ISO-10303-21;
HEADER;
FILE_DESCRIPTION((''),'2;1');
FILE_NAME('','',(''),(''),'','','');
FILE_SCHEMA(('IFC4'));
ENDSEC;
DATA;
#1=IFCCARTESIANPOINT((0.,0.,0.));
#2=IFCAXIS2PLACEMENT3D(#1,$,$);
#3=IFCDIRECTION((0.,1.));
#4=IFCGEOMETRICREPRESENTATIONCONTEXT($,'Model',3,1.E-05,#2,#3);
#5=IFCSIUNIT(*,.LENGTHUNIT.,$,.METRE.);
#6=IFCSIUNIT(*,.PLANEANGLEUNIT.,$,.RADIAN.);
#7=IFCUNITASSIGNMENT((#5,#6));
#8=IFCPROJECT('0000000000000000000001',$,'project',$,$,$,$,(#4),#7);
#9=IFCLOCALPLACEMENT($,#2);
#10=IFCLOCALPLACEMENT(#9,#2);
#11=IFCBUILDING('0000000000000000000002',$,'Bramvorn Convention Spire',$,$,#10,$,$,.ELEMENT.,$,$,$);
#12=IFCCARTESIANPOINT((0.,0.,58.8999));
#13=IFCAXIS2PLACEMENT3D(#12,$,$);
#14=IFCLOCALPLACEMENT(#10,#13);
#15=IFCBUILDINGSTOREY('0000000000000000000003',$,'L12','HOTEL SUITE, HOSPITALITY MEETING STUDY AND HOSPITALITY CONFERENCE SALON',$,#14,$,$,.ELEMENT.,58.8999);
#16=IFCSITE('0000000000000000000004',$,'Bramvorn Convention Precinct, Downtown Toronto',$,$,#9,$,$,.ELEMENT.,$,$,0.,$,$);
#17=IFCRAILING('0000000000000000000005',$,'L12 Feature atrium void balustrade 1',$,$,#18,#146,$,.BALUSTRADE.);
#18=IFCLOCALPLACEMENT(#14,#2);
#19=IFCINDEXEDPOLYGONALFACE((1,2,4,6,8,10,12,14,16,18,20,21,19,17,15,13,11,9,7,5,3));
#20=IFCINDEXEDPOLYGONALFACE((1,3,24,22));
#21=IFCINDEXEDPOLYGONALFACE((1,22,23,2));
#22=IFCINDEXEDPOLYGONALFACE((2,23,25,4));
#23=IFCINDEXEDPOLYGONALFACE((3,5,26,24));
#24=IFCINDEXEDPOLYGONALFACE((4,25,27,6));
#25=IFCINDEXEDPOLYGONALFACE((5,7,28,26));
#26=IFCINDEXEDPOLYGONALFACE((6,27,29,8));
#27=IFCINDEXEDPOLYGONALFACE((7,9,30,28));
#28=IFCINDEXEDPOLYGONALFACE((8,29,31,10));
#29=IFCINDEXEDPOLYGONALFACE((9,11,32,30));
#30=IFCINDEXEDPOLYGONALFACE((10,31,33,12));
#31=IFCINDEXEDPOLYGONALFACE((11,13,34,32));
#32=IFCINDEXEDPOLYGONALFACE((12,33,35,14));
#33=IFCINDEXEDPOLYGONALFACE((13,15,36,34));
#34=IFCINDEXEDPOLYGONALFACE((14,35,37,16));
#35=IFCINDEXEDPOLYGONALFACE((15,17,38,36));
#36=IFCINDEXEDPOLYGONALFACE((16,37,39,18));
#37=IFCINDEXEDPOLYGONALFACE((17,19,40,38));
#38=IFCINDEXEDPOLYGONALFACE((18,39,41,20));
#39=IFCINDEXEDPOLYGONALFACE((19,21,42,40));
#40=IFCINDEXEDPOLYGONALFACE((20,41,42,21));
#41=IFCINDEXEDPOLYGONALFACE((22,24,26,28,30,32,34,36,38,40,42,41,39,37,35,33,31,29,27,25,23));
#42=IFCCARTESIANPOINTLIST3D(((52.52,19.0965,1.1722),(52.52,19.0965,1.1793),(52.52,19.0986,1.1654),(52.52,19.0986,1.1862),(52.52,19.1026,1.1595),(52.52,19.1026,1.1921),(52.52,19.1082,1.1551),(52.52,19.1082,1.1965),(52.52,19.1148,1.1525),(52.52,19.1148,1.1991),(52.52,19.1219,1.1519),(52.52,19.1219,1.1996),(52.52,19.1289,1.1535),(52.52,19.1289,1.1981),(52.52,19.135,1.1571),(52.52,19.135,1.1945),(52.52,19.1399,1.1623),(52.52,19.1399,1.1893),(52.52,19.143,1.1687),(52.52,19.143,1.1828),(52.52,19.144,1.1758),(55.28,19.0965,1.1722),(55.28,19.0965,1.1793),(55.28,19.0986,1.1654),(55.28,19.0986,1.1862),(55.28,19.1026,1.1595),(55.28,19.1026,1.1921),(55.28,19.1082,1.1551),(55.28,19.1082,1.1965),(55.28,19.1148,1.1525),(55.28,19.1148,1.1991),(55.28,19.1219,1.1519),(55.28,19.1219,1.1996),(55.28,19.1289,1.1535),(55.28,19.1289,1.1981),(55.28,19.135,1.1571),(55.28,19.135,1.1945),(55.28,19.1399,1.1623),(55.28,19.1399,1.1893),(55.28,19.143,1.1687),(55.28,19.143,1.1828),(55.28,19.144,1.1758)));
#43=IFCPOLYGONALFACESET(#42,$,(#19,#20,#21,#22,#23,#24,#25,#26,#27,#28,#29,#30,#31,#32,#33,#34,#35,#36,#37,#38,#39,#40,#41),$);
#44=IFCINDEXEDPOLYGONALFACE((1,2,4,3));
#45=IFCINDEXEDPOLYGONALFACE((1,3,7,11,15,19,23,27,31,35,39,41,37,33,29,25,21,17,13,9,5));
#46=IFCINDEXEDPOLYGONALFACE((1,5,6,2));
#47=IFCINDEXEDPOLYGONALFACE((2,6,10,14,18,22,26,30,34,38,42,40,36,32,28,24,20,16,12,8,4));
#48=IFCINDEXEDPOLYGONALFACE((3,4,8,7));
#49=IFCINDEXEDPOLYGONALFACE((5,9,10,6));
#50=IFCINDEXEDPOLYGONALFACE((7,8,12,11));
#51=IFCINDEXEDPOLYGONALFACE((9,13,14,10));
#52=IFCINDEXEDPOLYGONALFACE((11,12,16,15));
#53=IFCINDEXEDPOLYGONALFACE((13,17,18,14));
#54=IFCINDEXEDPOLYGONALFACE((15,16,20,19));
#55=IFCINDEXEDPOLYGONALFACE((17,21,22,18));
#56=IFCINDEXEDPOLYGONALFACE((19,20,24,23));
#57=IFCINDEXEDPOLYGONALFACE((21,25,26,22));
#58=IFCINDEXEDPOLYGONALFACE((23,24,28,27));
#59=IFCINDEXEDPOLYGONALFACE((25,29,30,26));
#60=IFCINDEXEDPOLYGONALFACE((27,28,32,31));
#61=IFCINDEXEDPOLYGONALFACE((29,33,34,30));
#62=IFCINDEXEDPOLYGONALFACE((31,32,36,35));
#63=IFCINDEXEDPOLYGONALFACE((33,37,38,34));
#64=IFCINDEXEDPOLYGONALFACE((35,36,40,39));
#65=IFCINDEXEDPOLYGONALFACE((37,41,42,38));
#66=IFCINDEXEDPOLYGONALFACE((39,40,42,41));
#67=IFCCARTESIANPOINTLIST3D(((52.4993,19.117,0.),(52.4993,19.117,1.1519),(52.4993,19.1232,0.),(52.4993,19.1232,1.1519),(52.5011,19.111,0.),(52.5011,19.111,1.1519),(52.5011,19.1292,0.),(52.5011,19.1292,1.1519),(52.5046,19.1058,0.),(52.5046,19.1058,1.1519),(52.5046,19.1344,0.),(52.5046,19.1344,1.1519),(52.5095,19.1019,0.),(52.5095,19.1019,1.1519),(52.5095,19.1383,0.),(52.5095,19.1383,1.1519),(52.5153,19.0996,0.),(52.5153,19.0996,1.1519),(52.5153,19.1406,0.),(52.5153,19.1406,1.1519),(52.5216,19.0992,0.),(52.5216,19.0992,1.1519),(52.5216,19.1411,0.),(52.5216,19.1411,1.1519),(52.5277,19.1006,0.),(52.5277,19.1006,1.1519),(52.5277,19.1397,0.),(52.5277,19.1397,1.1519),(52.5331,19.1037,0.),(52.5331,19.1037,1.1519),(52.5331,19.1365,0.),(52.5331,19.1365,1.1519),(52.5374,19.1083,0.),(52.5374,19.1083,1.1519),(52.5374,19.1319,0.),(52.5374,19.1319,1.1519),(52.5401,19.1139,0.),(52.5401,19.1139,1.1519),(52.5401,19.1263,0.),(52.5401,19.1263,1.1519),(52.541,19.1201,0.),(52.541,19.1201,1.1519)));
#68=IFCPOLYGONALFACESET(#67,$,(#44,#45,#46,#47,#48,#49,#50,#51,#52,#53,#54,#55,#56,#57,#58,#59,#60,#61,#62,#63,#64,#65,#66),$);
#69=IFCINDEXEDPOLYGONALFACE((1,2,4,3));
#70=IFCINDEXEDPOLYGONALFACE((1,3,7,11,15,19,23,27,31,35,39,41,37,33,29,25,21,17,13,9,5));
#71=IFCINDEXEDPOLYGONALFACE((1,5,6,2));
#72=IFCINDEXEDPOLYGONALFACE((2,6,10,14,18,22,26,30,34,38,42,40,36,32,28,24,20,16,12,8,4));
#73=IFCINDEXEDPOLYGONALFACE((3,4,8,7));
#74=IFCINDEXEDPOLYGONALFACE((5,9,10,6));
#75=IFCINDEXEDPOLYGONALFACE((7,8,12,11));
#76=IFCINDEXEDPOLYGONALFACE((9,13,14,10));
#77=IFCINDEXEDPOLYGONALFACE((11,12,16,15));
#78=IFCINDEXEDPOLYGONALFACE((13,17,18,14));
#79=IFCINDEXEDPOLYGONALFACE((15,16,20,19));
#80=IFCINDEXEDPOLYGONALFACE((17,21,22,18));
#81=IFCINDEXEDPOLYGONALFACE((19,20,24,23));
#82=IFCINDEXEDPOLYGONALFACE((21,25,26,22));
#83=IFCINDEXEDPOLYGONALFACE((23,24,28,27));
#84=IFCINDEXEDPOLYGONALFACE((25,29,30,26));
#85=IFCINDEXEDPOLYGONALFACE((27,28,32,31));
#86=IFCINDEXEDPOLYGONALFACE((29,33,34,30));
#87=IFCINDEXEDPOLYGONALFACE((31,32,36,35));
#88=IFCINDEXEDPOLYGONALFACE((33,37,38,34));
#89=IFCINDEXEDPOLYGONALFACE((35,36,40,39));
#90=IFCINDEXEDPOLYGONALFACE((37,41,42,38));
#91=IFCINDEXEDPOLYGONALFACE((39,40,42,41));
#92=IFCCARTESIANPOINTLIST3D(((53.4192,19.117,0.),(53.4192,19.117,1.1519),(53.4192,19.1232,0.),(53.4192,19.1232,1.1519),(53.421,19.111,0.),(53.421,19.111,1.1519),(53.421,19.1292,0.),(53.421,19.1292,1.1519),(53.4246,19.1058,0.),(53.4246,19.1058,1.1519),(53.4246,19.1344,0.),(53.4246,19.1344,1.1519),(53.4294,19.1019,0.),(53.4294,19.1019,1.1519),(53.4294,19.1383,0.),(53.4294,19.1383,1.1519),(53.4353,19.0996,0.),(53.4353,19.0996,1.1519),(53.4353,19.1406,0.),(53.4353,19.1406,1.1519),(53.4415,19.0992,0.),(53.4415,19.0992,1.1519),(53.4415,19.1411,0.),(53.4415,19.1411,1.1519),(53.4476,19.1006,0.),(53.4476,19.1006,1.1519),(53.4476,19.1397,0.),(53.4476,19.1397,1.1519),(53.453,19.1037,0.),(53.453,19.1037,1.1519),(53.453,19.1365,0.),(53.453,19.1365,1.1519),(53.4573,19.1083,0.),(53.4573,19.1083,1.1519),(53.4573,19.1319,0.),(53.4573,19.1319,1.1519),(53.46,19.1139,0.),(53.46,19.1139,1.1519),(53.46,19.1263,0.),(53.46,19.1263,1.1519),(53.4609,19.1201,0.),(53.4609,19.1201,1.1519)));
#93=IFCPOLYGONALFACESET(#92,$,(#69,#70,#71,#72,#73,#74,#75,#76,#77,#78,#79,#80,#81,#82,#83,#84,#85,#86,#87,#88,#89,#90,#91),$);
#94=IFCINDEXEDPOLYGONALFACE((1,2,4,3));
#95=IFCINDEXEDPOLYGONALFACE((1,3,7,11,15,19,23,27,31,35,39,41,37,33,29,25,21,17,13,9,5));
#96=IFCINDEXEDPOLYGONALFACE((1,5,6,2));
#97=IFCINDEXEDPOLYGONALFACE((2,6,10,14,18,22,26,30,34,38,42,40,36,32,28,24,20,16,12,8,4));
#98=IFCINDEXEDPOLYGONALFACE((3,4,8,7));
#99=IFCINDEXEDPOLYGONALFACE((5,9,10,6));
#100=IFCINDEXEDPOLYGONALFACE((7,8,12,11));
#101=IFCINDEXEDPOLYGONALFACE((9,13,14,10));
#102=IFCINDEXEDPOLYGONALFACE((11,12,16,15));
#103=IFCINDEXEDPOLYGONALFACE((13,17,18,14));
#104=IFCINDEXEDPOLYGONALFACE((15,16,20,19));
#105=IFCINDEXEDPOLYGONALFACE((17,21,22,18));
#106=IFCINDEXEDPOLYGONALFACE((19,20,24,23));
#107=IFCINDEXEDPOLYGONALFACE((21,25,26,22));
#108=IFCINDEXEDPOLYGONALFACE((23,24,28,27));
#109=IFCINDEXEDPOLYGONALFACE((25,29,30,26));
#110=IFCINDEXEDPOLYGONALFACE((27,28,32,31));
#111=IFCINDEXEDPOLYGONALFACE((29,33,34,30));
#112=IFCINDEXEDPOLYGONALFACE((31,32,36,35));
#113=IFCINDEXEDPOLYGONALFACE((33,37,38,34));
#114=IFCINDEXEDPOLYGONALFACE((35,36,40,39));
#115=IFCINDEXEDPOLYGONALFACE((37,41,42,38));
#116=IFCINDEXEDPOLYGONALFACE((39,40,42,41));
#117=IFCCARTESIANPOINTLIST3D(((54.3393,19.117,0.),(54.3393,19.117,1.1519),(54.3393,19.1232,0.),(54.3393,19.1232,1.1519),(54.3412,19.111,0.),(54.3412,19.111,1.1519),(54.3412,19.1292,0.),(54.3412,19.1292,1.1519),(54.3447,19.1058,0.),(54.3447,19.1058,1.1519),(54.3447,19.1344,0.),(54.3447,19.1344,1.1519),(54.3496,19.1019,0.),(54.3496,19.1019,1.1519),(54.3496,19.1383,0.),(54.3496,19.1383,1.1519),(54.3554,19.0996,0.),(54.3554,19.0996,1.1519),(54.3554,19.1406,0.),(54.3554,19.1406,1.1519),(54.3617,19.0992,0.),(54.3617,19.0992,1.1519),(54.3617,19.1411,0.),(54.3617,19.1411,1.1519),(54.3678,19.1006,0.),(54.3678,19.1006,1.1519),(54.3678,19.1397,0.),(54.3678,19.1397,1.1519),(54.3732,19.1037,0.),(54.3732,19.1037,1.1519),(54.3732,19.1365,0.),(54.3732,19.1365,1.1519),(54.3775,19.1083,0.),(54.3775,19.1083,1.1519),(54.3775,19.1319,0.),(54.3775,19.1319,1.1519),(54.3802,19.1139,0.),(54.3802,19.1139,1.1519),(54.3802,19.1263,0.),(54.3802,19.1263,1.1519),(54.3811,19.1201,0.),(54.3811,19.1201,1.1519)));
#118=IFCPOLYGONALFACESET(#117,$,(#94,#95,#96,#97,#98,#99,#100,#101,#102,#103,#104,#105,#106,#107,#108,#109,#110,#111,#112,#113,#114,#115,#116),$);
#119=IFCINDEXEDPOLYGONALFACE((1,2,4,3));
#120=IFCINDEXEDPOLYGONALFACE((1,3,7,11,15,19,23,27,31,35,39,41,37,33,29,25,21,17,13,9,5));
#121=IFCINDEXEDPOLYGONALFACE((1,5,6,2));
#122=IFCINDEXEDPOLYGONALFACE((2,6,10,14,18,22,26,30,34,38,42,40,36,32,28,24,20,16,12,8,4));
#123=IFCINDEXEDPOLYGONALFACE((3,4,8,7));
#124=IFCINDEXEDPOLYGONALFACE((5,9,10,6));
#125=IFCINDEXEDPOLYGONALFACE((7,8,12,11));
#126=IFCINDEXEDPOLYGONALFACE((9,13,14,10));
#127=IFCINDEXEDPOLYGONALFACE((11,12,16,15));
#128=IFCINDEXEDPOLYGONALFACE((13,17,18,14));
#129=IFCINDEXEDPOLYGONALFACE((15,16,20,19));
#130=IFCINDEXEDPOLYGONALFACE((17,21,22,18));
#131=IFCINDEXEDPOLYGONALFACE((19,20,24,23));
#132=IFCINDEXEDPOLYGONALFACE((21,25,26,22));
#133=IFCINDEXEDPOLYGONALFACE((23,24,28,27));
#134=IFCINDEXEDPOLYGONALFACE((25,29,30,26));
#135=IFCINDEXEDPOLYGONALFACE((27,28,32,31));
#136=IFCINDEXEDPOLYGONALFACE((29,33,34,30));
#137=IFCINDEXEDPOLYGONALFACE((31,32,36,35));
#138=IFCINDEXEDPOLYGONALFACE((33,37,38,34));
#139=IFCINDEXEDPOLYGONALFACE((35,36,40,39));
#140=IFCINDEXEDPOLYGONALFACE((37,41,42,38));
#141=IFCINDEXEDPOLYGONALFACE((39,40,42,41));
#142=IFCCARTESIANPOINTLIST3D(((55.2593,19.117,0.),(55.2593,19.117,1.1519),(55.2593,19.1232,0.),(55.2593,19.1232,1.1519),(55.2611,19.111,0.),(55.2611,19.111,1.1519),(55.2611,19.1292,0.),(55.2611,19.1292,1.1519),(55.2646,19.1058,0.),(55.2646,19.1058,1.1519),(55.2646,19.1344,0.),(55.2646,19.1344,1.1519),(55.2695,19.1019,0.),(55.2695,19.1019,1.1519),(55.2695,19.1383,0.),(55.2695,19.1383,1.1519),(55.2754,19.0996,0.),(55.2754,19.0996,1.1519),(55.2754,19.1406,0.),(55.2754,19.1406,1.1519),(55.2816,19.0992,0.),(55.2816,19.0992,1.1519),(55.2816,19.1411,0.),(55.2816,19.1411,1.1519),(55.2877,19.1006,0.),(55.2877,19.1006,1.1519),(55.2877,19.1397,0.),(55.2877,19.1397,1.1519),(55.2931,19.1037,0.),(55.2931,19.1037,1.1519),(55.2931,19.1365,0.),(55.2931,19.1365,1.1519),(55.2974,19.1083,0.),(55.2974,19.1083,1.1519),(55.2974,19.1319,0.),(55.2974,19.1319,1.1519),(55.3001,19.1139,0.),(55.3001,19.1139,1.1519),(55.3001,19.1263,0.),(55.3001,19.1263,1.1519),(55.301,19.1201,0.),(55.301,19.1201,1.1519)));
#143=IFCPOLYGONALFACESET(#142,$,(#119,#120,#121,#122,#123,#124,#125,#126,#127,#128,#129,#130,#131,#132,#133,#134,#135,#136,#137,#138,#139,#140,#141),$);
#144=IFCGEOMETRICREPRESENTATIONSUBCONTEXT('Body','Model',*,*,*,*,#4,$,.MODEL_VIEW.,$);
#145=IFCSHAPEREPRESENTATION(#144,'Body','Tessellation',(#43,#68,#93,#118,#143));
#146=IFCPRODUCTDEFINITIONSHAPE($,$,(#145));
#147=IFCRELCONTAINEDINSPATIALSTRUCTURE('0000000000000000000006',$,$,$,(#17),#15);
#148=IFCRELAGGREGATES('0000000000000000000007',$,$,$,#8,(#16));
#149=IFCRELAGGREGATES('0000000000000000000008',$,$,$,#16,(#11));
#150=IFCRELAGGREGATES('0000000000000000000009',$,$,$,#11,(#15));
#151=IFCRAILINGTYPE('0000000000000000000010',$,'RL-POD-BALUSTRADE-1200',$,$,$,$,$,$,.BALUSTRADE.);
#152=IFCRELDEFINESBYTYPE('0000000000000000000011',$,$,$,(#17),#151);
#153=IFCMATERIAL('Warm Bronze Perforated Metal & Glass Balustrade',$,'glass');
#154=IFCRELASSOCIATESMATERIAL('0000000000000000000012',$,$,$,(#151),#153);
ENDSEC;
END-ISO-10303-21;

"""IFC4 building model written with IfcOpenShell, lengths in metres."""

from ifc_helpers import new_model, si_unit, direction, frame, origin, origin_2d, place, context, subcontext, project, spatial, circle, extrude, material, type_object, element, save


model = new_model("IFC4")

# Units and contexts
model_context = context("Model", 3, precision=1e-05, world=origin(), true_north=direction((0.0, 1.0)))
body_context = subcontext(model_context, "Body", "Model", "MODEL_VIEW")
ifc_project = project(units=[si_unit("LENGTHUNIT", "METRE"), si_unit("PLANEANGLEUNIT", "RADIAN")], contexts=[model_context])

# Site, building, storey
site_placement = place(None, origin())
site = spatial("IfcSite", under=ifc_project, at=site_placement, Name="Bramvorn Convention Precinct, Downtown Toronto", CompositionType="ELEMENT", RefElevation=0.0)
building_placement = place(site_placement, origin())
building = spatial("IfcBuilding", under=site, at=building_placement, Name="Bramvorn Convention Spire", CompositionType="ELEMENT")
storey_placement = place(building_placement, frame((0.0, 0.0, 58.8999)))
storey = spatial("IfcBuildingStorey", under=building, at=storey_placement, Name="L12", Description="HOTEL SUITE, HOSPITALITY MEETING STUDY AND HOSPITALITY CONFERENCE SALON", CompositionType="ELEMENT", Elevation=58.8999)

# Railing
ifc_material_1 = material(Name="Warm Bronze Perforated Metal & Glass Balustrade", Category="glass")
railing_type = type_object("IfcRailingType", Name="RL-POD-BALUSTRADE-1200", PredefinedType="BALUSTRADE", material=ifc_material_1)
railing_1_placement = place(storey_placement, frame((52.52, 19.1201, 0.0)))
element("IfcRailing", 1, at=railing_1_placement, inside=storey, type_object=railing_type, Name="L12 Feature atrium void balustrade 1", PredefinedType="BALUSTRADE", context=body_context, shape_type="SweptSolid", body=[
    extrude(circle(Radius=0.0239, at=origin_2d()), frame((0.0, 0.0, 1.1758), z_axis=(1.0, 0.0, 0.0), x_axis=(0.0, 1.0, 0.0)), (0.0, 0.0, 1.0), 2.76),
    extrude(circle(Radius=0.021, at=origin_2d()), origin(), (0.0, 0.0, 1.0), 1.1519),
    extrude(circle(Radius=0.021, at=origin_2d()), frame((0.9199, 0.0, 0.0)), (0.0, 0.0, 1.0), 1.1519),
    extrude(circle(Radius=0.021, at=origin_2d()), frame((1.8401, 0.0, 0.0)), (0.0, 0.0, 1.0), 1.1519),
    extrude(circle(Radius=0.021, at=origin_2d()), frame((2.76, 0.0, 0.0)), (0.0, 0.0, 1.0), 1.1519),
])

save(model, "model.ifc")
